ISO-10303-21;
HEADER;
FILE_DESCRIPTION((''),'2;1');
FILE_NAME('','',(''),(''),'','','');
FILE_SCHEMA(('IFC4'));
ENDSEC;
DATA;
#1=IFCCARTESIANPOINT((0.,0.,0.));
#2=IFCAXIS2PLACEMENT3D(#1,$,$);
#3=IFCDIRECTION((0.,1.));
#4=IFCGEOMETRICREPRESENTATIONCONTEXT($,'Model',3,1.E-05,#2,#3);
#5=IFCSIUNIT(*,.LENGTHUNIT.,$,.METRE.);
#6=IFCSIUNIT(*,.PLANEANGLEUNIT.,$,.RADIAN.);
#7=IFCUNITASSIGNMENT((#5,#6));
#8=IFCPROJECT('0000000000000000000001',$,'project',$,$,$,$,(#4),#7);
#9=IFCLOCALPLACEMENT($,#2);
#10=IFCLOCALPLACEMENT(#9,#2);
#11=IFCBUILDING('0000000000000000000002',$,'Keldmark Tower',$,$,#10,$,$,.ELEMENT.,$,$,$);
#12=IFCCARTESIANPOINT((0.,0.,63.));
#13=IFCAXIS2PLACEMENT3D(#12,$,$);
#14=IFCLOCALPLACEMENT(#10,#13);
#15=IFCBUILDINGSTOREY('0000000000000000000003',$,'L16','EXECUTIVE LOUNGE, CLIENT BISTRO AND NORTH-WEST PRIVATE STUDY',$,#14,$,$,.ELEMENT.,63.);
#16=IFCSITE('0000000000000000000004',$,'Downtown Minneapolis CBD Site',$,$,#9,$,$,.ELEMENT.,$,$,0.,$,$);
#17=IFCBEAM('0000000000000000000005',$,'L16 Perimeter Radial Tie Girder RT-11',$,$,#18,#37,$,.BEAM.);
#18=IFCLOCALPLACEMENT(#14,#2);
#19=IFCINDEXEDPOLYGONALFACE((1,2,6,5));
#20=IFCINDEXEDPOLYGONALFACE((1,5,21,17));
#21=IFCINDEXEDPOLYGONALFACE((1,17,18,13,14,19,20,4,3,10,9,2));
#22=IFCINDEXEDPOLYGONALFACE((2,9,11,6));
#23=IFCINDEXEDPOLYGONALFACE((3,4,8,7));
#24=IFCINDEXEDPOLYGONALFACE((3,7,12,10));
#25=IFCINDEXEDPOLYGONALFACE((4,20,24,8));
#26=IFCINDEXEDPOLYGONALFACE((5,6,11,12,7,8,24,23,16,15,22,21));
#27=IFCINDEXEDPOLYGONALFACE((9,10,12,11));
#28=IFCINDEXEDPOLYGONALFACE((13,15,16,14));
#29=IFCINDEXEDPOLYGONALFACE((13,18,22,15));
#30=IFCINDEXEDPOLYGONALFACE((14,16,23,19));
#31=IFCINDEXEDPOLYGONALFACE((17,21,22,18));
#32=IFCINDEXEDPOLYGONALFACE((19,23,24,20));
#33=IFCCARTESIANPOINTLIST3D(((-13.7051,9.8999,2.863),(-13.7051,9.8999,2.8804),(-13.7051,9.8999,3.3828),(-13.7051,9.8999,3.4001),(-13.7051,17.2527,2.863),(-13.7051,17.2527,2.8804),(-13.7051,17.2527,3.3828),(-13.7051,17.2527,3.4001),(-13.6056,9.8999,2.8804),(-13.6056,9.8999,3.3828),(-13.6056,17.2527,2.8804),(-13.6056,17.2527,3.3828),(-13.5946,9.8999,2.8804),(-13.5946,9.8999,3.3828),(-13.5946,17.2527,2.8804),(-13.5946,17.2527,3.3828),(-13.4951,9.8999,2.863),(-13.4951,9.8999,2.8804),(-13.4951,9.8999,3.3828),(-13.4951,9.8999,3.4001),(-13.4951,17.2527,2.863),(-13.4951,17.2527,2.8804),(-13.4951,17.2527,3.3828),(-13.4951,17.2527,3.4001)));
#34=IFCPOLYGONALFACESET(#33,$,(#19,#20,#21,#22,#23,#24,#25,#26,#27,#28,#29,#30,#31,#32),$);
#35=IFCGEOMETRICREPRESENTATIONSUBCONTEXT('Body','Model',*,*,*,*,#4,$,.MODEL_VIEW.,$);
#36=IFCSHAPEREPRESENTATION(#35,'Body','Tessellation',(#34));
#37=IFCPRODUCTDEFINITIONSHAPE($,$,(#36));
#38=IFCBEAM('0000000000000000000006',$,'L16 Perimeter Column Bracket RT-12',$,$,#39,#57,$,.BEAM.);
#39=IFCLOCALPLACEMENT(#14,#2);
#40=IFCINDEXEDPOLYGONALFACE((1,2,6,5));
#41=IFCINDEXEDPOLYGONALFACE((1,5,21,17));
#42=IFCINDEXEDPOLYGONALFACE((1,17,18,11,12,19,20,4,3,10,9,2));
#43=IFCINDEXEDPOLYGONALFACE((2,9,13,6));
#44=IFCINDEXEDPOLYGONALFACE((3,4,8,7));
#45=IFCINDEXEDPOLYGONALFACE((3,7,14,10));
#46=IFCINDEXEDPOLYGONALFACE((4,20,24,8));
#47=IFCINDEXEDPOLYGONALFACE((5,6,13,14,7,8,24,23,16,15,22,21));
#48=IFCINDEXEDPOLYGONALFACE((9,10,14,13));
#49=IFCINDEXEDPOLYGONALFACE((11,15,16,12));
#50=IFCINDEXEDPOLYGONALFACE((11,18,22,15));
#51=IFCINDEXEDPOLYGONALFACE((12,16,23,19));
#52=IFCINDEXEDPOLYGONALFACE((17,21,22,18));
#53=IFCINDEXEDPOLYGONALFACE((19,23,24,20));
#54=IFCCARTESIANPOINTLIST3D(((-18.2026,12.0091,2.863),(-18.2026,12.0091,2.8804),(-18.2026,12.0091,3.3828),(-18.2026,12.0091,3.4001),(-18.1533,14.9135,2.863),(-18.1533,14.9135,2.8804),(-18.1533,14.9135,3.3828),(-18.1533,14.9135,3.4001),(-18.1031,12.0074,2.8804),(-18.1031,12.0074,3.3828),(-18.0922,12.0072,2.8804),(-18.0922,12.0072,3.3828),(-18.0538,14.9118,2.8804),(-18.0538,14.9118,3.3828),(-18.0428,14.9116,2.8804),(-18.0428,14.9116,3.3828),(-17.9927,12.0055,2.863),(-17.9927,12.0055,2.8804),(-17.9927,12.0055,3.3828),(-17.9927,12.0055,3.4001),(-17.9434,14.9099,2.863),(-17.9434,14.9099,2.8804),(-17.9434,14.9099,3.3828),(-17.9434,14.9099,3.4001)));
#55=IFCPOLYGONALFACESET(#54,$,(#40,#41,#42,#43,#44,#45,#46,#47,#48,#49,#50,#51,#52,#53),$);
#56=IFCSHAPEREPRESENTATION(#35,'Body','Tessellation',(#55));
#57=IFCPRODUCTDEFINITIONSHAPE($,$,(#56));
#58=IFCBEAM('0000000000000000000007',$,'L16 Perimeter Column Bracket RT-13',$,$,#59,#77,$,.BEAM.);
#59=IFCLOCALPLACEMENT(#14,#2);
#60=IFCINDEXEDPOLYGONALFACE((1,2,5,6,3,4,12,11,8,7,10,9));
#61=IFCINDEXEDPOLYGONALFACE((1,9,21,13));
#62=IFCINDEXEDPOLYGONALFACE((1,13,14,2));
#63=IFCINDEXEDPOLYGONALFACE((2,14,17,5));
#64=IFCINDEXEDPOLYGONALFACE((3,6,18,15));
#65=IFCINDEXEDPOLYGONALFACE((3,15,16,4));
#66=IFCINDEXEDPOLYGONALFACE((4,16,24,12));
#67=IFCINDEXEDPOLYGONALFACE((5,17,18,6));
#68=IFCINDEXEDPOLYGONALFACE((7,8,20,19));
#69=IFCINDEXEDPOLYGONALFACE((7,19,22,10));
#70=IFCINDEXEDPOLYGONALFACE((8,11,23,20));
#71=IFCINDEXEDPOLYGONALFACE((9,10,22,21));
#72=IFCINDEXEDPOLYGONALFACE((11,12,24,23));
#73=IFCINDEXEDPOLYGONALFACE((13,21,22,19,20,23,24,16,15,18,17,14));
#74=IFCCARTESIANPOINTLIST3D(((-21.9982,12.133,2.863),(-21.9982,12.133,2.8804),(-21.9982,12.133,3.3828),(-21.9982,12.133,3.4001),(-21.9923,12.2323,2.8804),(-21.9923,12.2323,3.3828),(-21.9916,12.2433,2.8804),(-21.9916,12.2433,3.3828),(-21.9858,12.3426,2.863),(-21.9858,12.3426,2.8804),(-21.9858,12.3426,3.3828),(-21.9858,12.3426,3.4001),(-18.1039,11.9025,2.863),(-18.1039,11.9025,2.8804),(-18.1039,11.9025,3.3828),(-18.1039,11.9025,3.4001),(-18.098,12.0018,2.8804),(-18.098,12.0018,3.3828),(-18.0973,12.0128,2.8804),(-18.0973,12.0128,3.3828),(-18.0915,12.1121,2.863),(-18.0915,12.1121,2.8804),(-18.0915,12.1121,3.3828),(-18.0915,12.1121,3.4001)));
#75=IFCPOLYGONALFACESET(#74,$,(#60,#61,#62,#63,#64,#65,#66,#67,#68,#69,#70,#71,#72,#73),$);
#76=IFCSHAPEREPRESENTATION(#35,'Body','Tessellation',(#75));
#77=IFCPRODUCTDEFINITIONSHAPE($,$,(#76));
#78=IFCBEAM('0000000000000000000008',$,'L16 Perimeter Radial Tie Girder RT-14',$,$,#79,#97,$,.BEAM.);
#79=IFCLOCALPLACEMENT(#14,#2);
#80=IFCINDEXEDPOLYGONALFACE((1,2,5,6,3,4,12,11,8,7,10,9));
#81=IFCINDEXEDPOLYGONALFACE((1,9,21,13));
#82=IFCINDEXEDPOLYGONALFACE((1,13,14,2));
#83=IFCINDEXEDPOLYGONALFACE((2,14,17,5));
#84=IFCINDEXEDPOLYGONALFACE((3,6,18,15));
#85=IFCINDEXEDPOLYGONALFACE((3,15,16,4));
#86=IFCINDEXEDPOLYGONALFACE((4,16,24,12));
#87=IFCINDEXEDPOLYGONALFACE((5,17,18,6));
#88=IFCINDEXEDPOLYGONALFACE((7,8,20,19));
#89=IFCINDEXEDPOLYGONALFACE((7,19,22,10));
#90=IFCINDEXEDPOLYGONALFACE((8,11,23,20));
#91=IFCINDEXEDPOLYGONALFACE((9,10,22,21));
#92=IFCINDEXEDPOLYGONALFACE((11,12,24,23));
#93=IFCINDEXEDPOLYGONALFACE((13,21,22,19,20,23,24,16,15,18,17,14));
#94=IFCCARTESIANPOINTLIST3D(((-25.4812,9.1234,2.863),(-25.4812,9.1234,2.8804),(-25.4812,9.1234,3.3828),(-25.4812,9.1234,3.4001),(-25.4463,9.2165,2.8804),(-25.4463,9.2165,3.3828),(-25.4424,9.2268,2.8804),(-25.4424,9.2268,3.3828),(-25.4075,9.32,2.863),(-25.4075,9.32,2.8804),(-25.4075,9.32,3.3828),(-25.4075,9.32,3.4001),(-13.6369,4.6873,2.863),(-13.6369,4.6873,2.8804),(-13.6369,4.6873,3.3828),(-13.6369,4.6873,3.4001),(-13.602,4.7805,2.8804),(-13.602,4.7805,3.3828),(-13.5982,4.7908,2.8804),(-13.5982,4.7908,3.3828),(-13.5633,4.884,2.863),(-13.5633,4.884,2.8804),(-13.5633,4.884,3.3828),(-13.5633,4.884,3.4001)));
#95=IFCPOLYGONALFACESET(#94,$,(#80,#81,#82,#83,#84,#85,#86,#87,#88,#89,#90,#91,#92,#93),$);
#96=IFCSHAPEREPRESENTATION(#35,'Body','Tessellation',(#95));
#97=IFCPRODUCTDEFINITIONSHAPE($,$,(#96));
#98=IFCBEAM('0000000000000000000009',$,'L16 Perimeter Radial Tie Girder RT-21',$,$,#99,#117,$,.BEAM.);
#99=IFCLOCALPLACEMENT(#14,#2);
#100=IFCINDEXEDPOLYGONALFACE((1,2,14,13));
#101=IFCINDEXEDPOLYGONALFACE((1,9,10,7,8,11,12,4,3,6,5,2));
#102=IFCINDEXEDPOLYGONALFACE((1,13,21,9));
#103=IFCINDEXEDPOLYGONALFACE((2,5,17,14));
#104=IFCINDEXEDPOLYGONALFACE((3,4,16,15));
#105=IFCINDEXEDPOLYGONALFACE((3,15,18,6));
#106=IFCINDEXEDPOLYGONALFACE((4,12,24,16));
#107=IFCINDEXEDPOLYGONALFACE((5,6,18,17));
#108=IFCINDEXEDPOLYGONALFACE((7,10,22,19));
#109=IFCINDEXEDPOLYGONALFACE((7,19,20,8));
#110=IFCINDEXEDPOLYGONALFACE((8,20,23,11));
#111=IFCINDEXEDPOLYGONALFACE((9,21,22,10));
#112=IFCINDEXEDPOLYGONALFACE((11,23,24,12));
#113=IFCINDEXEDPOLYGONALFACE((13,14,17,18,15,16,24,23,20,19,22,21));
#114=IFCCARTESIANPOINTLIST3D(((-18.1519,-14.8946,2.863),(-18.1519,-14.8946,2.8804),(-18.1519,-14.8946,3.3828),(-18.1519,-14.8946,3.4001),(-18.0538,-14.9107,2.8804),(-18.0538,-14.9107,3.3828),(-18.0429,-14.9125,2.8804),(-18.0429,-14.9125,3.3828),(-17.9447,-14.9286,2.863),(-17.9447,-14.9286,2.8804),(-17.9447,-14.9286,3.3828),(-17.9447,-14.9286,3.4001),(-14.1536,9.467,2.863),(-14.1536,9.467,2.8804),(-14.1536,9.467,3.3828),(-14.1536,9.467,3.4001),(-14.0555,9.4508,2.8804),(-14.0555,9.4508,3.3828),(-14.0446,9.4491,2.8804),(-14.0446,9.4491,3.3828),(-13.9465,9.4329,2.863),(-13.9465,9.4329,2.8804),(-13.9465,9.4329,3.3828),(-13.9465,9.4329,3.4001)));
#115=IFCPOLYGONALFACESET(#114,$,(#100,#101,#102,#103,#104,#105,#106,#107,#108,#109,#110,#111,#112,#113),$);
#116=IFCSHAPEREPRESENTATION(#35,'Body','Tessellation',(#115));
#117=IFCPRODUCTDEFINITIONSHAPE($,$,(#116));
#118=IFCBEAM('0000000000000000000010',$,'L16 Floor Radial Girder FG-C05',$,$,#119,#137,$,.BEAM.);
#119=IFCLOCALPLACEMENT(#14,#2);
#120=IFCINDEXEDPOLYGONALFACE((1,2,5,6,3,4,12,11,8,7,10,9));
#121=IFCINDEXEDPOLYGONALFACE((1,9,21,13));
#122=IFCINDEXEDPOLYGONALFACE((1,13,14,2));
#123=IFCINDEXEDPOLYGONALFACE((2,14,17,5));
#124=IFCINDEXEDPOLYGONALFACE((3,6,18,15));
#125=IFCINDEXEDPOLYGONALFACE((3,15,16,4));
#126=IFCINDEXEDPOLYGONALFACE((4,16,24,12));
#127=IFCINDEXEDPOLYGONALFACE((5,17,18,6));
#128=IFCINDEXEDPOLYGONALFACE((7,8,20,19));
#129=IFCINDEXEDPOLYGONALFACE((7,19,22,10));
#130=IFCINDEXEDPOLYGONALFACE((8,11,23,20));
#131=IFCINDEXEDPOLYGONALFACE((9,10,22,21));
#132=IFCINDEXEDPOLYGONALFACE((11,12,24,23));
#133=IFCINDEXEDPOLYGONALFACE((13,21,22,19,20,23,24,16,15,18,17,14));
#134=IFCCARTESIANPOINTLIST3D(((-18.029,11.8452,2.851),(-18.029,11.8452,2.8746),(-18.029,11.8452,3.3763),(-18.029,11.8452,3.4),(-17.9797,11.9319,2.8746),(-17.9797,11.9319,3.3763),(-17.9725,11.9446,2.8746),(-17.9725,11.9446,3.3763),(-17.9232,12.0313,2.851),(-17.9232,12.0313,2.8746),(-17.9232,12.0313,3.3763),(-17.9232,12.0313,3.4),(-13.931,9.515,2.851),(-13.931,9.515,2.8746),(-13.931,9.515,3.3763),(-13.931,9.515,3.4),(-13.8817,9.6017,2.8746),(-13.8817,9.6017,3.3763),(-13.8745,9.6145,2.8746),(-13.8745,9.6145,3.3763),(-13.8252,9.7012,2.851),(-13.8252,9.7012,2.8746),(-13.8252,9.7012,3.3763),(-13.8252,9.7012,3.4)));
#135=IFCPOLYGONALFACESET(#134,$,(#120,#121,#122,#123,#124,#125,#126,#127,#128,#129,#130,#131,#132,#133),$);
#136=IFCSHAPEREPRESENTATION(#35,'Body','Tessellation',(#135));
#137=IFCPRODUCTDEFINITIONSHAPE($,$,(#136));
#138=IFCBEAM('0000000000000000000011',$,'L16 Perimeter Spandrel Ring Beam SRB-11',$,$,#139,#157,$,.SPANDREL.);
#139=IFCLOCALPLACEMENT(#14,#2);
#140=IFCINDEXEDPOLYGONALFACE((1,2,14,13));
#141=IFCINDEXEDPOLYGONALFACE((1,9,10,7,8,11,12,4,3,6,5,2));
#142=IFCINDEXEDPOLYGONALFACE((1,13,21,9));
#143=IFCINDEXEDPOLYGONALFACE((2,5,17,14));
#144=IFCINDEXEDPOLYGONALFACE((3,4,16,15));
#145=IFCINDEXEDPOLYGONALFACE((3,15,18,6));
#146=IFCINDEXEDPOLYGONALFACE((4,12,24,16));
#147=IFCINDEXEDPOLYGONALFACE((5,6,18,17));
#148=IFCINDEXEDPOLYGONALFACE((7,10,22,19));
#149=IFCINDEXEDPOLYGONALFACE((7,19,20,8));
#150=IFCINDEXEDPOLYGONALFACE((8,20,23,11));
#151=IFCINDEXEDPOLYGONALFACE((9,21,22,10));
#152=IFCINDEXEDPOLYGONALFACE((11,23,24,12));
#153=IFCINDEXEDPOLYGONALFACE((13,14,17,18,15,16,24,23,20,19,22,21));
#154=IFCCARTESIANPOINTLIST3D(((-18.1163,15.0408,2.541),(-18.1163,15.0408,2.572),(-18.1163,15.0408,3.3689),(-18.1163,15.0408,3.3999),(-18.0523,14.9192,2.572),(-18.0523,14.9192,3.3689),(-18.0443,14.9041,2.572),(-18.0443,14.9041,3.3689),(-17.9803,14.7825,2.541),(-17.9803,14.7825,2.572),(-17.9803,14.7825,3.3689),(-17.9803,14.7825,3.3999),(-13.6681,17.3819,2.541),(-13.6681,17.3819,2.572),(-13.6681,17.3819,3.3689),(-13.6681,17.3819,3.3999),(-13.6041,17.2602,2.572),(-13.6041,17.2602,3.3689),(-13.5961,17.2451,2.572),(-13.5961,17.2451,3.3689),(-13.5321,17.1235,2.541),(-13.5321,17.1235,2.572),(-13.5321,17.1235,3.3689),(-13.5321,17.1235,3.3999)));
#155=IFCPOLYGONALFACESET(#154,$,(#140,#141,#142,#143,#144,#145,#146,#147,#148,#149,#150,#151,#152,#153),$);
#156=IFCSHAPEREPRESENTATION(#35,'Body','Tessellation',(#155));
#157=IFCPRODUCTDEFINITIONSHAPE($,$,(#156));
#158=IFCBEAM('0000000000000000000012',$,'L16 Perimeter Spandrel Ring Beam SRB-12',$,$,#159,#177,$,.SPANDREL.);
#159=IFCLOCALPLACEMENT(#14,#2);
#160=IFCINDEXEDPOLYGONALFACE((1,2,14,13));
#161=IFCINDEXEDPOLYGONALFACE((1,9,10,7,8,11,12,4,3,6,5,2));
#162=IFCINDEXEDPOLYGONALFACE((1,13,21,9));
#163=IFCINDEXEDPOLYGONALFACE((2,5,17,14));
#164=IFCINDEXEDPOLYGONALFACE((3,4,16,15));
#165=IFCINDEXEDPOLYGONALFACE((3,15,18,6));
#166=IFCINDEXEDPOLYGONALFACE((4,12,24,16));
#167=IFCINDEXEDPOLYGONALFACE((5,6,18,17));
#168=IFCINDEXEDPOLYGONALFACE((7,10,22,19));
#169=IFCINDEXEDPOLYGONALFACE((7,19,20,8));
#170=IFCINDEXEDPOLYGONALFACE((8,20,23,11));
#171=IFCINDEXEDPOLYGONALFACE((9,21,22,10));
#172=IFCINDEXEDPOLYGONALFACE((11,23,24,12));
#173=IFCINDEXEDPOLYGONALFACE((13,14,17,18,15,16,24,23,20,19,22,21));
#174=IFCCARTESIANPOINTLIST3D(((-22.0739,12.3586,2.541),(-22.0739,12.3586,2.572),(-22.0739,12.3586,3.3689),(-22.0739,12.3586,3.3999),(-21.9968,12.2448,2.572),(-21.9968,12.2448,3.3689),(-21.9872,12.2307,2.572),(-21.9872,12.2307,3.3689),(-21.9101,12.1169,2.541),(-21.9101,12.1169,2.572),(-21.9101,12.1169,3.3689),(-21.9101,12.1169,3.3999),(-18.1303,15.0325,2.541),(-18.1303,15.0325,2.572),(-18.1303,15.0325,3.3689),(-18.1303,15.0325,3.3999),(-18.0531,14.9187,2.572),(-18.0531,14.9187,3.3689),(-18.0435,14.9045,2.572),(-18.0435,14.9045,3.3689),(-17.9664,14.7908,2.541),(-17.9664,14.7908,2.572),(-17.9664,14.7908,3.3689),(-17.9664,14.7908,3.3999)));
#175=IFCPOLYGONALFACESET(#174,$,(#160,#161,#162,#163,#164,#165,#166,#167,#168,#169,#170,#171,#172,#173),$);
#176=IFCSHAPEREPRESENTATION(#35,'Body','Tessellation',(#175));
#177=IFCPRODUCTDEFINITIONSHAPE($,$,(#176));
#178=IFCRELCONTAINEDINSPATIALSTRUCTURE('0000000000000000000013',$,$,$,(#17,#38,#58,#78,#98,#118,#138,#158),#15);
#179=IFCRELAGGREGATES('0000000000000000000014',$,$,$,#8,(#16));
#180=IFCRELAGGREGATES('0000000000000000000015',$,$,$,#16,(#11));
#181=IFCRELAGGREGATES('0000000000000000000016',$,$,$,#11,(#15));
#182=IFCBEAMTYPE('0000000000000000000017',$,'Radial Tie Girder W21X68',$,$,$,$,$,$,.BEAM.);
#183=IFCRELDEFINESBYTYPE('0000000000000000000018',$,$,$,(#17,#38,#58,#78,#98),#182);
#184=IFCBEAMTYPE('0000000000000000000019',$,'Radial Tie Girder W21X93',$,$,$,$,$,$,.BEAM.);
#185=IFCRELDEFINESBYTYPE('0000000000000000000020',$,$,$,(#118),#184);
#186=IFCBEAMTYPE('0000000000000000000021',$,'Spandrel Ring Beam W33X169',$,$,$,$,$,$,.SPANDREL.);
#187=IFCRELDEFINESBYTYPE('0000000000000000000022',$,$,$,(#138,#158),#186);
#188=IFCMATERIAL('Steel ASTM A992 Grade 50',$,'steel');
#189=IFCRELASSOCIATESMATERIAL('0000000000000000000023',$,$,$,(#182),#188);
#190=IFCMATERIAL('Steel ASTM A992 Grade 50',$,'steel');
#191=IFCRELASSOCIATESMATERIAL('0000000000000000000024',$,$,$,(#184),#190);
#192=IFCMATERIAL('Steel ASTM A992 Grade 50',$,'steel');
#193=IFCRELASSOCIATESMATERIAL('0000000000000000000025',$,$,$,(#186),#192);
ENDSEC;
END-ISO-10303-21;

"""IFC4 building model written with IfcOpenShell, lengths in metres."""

from ifc_helpers import new_model, si_unit, direction, frame, origin, origin_2d, place, context, subcontext, project, spatial, i_section, extrude, material, material_profile, profile_set, type_object, element, save


model = new_model("IFC4")

# Units and contexts
model_context = context("Model", 3, precision=1e-05, world=origin(), true_north=direction((0.0, 1.0)))
body_context = subcontext(model_context, "Body", "Model", "MODEL_VIEW")
ifc_project = project(units=[si_unit("LENGTHUNIT", "METRE"), si_unit("PLANEANGLEUNIT", "RADIAN")], contexts=[model_context])

# Site, building, storey
site_placement = place(None, origin())
site = spatial("IfcSite", under=ifc_project, at=site_placement, Name="Downtown Minneapolis CBD Site", CompositionType="ELEMENT", RefElevation=0.0)
building_placement = place(site_placement, origin())
building = spatial("IfcBuilding", under=site, at=building_placement, Name="Keldmark Tower", CompositionType="ELEMENT")
storey_placement = place(building_placement, frame((0.0, 0.0, 63.0)))
storey = spatial("IfcBuildingStorey", under=building, at=storey_placement, Name="L16", Description="EXECUTIVE LOUNGE, CLIENT BISTRO AND NORTH-WEST PRIVATE STUDY", CompositionType="ELEMENT", Elevation=63.0)

# Beams
ifc_material_1 = material(Name="Steel ASTM A992 Grade 50", Category="steel")
ifc_material_profile_1 = material_profile(ifc_material_1, i_section(OverallWidth=0.21, OverallDepth=0.5371, WebThickness=0.011, FlangeThickness=0.0173, at=origin_2d()), Name="W21X68")
ifc_profile_set_1 = profile_set([ifc_material_profile_1], Name="Steel ASTM A992 Grade 50")
beam_type_1 = type_object("IfcBeamType", Name="Radial Tie Girder W21X68", PredefinedType="BEAM", material=ifc_profile_set_1)
beam_1_placement = place(storey_placement, frame((-13.6001, 9.8999, 3.1316), z_axis=(0.0, 1.0, 0.0), x_axis=(-1.0, 0.0, 0.0)))
element("IfcBeam", 1, at=beam_1_placement, inside=storey, type_object=beam_type_1, Name="L16 Perimeter Radial Tie Girder RT-11", PredefinedType="BEAM", context=body_context, shape_type="SweptSolid", body=[
    extrude(i_section(OverallWidth=0.21, OverallDepth=0.5371, WebThickness=0.011, FlangeThickness=0.0173, at=origin_2d()), origin(), (0.0, 0.0, 1.0), 7.3528),
])
beam_2_placement = place(storey_placement, frame((-18.0977, 12.0073, 3.1316), z_axis=(0.016978, 0.999856, 0.0), x_axis=(-0.999856, 0.016978, 0.0)))
element("IfcBeam", 2, at=beam_2_placement, inside=storey, type_object=beam_type_1, Name="L16 Perimeter Column Bracket RT-12", PredefinedType="BEAM", context=body_context, shape_type="SweptSolid", body=[
    extrude(i_section(OverallWidth=0.21, OverallDepth=0.5371, WebThickness=0.011, FlangeThickness=0.0173, at=origin_2d()), origin(), (0.0, 0.0, 1.0), 2.9048),
])
beam_3_placement = place(storey_placement, frame((-18.0977, 12.0073, 3.1316), z_axis=(-0.998253, 0.059078, 0.0), x_axis=(-0.059078, -0.998253, 0.0)))
element("IfcBeam", 3, at=beam_3_placement, inside=storey, type_object=beam_type_1, Name="L16 Perimeter Column Bracket RT-13", PredefinedType="BEAM", context=body_context, shape_type="SweptSolid", body=[
    extrude(i_section(OverallWidth=0.21, OverallDepth=0.5371, WebThickness=0.011, FlangeThickness=0.0173, at=origin_2d()), origin(), (0.0, 0.0, 1.0), 3.9011),
])
beam_4_placement = place(storey_placement, frame((-13.6001, 4.7856, 3.1316), z_axis=(-0.936473, 0.350738, 0.0), x_axis=(-0.350738, -0.936473, 0.0)))
element("IfcBeam", 4, at=beam_4_placement, inside=storey, type_object=beam_type_1, Name="L16 Perimeter Radial Tie Girder RT-14", PredefinedType="BEAM", context=body_context, shape_type="SweptSolid", body=[
    extrude(i_section(OverallWidth=0.21, OverallDepth=0.5371, WebThickness=0.011, FlangeThickness=0.0173, at=origin_2d()), origin(), (0.0, 0.0, 1.0), 12.6477),
])
beam_5_placement = place(storey_placement, frame((-14.05, 9.45, 3.1316), z_axis=(-0.161956, -0.986798, 0.0), x_axis=(0.986798, -0.161956, 0.0)))
element("IfcBeam", 5, at=beam_5_placement, inside=storey, type_object=beam_type_1, Name="L16 Perimeter Radial Tie Girder RT-21", PredefinedType="BEAM", context=body_context, shape_type="SweptSolid", body=[
    extrude(i_section(OverallWidth=0.21, OverallDepth=0.5371, WebThickness=0.011, FlangeThickness=0.0173, at=origin_2d()), origin(), (0.0, 0.0, 1.0), 24.6875),
])
ifc_material_2 = material(Name="Steel ASTM A992 Grade 50", Category="steel")
ifc_material_profile_2 = material_profile(ifc_material_2, i_section(OverallWidth=0.2141, OverallDepth=0.5491, WebThickness=0.0146, FlangeThickness=0.0237, at=origin_2d()), Name="W21X93")
ifc_profile_set_2 = profile_set([ifc_material_profile_2], Name="Steel ASTM A992 Grade 50")
beam_type_2 = type_object("IfcBeamType", Name="Radial Tie Girder W21X93", PredefinedType="BEAM", material=ifc_profile_set_2)
beam_6_placement = place(storey_placement, frame((-17.9761, 11.9382, 3.1255), z_axis=(0.869299, -0.494286, 0.0), x_axis=(0.494286, 0.869299, 0.0)))
element("IfcBeam", 6, at=beam_6_placement, inside=storey, type_object=beam_type_2, Name="L16 Floor Radial Girder FG-C05", PredefinedType="BEAM", context=body_context, shape_type="SweptSolid", body=[
    extrude(i_section(OverallWidth=0.2141, OverallDepth=0.5491, WebThickness=0.0146, FlangeThickness=0.0237, at=origin_2d()), origin(), (0.0, 0.0, 1.0), 4.7141),
])
ifc_material_3 = material(Name="Steel ASTM A992 Grade 50", Category="steel")
ifc_material_profile_3 = material_profile(ifc_material_3, i_section(OverallWidth=0.292, OverallDepth=0.8589, WebThickness=0.0171, FlangeThickness=0.031, at=origin_2d()), Name="W33X169")
ifc_profile_set_3 = profile_set([ifc_material_profile_3], Name="Steel ASTM A992 Grade 50")
beam_type_3 = type_object("IfcBeamType", Name="Spandrel Ring Beam W33X169", PredefinedType="SPANDREL", material=ifc_profile_set_3)
beam_7_placement = place(storey_placement, frame((-13.6001, 17.2527, 2.9705), z_axis=(-0.884928, -0.465728, 0.0), x_axis=(0.465728, -0.884928, 0.0)))
element("IfcBeam", 7, at=beam_7_placement, inside=storey, type_object=beam_type_3, Name="L16 Perimeter Spandrel Ring Beam SRB-11", PredefinedType="SPANDREL", context=body_context, shape_type="SweptSolid", body=[
    extrude(i_section(OverallWidth=0.292, OverallDepth=0.8589, WebThickness=0.0171, FlangeThickness=0.031, at=origin_2d()), origin(), (0.0, 0.0, 1.0), 5.0266),
])
beam_8_placement = place(storey_placement, frame((-18.0483, 14.9116, 2.9705), z_axis=(-0.827689, -0.561187, 0.0), x_axis=(0.561187, -0.827689, 0.0)))
element("IfcBeam", 8, at=beam_8_placement, inside=storey, type_object=beam_type_3, Name="L16 Perimeter Spandrel Ring Beam SRB-12", PredefinedType="SPANDREL", context=body_context, shape_type="SweptSolid", body=[
    extrude(i_section(OverallWidth=0.292, OverallDepth=0.8589, WebThickness=0.0171, FlangeThickness=0.031, at=origin_2d()), origin(), (0.0, 0.0, 1.0), 4.7646),
])

save(model, "model.ifc")
